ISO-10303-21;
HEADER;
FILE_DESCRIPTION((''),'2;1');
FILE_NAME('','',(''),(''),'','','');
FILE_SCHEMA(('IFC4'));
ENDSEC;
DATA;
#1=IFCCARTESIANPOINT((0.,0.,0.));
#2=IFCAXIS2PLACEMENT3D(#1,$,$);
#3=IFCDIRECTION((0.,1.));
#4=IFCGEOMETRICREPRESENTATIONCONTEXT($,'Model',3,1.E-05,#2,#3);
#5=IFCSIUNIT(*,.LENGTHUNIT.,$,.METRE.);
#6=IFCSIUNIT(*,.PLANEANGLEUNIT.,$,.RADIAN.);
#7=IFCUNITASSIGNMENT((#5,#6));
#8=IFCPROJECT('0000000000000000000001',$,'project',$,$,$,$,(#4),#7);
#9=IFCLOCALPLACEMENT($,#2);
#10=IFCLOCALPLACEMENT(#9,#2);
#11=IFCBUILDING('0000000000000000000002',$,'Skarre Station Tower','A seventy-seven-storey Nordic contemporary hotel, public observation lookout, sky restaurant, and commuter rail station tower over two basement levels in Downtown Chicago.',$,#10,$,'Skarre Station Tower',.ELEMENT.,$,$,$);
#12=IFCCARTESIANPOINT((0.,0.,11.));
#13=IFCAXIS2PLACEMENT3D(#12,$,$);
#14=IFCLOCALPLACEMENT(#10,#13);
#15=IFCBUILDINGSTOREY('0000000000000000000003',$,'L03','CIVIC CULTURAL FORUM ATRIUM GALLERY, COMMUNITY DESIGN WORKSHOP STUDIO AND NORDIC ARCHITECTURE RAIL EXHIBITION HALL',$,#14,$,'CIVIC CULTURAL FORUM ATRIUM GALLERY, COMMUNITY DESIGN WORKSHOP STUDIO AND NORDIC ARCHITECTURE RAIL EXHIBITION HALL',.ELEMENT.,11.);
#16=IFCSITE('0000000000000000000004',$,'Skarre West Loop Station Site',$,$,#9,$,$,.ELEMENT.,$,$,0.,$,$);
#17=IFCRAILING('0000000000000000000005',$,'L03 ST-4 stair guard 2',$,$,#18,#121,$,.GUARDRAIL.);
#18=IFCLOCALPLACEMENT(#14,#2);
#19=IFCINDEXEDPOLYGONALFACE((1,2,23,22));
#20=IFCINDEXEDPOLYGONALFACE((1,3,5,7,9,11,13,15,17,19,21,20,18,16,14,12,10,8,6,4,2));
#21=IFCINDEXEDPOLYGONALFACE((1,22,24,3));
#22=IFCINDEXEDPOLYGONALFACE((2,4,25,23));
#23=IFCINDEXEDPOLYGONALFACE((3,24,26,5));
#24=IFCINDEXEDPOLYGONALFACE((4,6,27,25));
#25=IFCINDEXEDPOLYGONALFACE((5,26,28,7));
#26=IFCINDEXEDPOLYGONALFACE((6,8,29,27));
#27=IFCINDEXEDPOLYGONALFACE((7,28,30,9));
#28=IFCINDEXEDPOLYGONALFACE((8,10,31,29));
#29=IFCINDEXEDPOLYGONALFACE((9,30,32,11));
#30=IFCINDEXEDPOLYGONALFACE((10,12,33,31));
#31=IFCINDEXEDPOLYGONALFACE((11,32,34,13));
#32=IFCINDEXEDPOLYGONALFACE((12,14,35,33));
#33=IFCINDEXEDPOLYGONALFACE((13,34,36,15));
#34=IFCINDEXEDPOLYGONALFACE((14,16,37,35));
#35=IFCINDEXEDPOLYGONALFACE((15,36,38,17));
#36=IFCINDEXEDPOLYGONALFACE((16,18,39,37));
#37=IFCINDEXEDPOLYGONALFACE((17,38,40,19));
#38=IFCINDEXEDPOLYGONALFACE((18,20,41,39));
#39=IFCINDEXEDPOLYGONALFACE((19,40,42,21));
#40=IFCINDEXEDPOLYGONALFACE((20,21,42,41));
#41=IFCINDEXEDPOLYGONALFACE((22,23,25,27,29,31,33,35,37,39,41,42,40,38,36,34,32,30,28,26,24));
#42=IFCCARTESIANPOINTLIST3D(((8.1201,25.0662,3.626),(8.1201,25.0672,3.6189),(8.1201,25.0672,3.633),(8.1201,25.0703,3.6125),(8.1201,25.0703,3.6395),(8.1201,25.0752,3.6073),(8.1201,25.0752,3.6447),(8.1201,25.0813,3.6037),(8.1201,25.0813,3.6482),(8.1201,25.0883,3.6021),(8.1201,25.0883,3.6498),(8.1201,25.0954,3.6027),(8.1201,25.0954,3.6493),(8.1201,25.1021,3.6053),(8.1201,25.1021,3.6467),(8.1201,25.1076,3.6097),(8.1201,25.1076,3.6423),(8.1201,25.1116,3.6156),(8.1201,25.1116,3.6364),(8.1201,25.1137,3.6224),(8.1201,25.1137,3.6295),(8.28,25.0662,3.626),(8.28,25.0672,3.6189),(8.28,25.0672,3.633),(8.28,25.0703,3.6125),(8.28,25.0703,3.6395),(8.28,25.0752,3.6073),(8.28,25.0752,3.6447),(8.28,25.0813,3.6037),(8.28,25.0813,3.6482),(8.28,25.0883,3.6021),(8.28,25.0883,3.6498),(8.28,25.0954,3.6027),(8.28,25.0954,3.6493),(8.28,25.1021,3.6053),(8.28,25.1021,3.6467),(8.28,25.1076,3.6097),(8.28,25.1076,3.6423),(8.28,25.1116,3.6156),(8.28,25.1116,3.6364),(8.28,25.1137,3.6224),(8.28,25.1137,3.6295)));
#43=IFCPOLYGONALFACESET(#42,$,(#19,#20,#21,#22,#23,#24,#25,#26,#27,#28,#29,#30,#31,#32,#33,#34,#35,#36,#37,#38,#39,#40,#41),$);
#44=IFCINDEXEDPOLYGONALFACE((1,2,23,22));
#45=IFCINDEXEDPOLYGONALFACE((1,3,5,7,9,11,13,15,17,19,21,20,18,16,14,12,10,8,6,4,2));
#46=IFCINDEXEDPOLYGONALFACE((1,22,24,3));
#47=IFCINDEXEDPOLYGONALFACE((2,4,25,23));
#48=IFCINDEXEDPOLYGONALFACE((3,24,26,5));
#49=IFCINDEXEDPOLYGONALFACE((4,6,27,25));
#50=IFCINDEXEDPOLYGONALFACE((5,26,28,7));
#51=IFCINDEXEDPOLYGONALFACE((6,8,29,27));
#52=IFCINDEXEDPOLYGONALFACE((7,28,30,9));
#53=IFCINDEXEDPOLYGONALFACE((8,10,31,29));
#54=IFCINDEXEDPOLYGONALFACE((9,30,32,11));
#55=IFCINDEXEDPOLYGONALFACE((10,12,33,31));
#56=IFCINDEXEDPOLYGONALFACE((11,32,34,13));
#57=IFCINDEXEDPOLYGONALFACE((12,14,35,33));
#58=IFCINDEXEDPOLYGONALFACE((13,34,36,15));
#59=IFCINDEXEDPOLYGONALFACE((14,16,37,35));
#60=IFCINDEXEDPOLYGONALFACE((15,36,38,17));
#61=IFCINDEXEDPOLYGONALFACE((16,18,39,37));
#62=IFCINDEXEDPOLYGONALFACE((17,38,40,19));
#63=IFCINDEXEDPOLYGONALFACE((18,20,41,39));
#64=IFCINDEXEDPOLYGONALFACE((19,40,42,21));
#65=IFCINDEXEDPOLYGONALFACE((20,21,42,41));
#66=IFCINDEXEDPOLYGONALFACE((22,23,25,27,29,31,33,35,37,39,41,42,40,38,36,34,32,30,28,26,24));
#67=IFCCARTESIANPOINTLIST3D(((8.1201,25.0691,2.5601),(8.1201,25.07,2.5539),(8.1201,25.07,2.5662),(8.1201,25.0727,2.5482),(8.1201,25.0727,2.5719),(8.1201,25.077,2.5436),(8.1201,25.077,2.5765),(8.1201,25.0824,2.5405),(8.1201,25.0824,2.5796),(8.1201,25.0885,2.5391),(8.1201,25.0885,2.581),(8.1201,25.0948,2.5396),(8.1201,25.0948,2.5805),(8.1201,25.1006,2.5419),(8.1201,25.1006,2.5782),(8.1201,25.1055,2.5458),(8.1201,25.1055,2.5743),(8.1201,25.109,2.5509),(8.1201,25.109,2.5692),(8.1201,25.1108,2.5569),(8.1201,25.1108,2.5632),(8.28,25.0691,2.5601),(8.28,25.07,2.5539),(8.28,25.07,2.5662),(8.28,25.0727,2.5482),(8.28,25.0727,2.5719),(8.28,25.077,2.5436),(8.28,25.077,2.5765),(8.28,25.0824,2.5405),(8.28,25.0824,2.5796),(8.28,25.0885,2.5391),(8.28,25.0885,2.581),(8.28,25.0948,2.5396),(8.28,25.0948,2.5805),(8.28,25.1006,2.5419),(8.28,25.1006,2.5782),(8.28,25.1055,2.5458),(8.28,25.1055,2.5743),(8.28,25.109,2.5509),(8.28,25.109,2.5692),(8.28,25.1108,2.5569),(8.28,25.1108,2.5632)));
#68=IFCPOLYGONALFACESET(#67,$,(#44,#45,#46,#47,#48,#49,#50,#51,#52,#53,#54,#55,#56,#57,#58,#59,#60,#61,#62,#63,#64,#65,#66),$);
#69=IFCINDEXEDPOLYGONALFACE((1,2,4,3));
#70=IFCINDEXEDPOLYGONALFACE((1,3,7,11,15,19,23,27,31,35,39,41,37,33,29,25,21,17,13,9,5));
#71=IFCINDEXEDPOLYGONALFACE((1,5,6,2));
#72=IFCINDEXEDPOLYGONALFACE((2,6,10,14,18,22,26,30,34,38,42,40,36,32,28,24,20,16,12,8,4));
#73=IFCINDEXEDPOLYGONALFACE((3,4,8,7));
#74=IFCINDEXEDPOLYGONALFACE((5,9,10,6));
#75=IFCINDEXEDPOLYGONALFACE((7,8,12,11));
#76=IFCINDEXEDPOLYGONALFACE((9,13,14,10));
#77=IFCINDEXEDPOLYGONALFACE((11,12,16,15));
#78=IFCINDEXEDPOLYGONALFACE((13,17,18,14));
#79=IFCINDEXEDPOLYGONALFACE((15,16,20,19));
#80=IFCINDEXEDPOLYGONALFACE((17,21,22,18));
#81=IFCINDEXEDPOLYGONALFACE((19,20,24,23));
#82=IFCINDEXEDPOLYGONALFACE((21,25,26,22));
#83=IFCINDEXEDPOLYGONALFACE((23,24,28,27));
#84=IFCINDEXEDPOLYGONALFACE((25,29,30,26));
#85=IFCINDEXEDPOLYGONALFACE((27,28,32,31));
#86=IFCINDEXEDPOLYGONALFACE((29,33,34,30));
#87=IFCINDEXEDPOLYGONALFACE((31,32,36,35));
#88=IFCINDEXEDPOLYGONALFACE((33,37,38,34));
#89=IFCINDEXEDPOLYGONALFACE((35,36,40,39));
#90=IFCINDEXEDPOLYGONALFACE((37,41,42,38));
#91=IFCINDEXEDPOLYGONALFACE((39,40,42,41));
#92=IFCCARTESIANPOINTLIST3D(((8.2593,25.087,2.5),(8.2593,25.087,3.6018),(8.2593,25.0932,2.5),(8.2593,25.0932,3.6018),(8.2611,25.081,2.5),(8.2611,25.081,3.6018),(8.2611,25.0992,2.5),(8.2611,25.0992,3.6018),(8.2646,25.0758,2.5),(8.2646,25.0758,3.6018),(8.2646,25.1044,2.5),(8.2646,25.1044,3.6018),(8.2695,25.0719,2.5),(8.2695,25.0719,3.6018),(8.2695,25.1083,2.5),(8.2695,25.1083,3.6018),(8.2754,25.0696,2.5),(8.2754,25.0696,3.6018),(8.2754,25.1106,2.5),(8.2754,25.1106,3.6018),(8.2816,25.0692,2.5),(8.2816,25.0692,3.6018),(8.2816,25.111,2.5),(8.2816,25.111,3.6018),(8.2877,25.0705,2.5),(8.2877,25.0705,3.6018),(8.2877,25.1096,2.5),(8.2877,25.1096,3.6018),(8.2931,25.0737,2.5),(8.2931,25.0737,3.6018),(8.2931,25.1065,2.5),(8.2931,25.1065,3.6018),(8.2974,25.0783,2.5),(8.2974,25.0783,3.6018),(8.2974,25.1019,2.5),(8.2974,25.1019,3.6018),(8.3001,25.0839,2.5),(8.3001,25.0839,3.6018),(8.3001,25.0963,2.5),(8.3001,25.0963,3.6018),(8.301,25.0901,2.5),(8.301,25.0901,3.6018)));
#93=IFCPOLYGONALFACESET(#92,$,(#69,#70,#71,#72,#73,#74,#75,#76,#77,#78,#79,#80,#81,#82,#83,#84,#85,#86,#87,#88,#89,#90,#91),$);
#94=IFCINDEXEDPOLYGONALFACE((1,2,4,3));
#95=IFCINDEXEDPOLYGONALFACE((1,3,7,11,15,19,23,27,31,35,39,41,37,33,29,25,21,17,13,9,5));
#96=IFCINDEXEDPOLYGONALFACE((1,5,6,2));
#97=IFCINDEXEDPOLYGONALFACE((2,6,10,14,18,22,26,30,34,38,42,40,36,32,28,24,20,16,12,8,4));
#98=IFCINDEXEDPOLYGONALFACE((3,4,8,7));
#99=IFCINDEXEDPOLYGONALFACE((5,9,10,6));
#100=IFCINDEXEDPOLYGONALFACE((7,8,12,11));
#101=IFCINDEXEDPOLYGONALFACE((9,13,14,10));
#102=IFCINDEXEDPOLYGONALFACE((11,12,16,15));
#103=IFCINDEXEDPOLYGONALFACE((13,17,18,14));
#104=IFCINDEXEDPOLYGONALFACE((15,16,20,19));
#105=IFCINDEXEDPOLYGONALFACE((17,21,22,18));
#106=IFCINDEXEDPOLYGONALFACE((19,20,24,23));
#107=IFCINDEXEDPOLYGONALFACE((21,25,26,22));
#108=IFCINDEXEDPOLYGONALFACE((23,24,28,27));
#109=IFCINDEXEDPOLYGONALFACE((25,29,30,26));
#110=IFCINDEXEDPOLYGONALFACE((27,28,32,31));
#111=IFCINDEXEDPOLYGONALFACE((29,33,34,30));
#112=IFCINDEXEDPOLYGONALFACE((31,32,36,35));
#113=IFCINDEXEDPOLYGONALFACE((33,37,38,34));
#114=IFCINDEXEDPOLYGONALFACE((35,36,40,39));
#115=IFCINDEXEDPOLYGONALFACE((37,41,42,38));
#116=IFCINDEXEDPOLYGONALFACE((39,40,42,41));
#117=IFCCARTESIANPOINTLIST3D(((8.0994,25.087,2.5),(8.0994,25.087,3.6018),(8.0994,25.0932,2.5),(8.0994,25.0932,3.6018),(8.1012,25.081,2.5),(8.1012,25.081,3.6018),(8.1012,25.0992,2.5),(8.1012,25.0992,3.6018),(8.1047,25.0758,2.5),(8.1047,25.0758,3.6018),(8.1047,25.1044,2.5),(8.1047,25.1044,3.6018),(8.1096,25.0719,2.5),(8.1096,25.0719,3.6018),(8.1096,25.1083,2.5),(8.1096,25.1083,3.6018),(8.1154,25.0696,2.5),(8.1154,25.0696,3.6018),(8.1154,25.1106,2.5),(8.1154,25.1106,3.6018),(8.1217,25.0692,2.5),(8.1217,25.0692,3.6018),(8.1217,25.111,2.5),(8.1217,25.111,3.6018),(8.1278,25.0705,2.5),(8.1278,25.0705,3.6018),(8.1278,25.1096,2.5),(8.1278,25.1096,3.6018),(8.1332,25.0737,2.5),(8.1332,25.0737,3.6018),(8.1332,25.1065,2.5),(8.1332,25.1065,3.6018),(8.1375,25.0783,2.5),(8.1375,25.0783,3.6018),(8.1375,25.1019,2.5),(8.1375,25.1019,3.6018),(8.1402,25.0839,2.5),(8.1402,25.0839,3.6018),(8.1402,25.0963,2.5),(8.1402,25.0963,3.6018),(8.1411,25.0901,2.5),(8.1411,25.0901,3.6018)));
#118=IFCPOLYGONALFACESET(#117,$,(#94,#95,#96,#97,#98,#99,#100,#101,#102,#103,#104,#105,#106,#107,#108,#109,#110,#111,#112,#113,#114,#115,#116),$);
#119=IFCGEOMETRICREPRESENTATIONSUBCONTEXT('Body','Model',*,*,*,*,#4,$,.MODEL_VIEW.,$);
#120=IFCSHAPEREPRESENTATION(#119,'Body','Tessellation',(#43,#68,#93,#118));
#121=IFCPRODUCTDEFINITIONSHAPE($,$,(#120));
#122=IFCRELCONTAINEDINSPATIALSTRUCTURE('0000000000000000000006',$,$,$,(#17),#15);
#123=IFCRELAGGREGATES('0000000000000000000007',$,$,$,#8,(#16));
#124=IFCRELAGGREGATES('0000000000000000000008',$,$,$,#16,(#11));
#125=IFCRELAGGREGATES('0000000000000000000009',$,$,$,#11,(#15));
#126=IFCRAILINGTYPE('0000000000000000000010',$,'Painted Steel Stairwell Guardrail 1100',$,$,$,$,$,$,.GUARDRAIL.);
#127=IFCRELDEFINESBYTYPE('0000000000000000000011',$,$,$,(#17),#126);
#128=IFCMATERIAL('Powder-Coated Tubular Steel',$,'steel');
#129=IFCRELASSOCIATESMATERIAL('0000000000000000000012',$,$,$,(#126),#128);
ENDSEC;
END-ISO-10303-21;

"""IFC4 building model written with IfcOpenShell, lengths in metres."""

from ifc_helpers import new_model, si_unit, direction, frame, origin, origin_2d, place, context, subcontext, project, spatial, circle, extrude, material, type_object, element, save


model = new_model("IFC4")

# Units and contexts
model_context = context("Model", 3, precision=1e-05, world=origin(), true_north=direction((0.0, 1.0)))
body_context = subcontext(model_context, "Body", "Model", "MODEL_VIEW")
ifc_project = project(units=[si_unit("LENGTHUNIT", "METRE"), si_unit("PLANEANGLEUNIT", "RADIAN")], contexts=[model_context])

# Site, building, storey
site_placement = place(None, origin())
site = spatial("IfcSite", under=ifc_project, at=site_placement, Name="Skarre West Loop Station Site", CompositionType="ELEMENT", RefElevation=0.0)
building_placement = place(site_placement, origin())
building = spatial("IfcBuilding", under=site, at=building_placement, Name="Skarre Station Tower", Description="A seventy-seven-storey Nordic contemporary hotel, public observation lookout, sky restaurant, and commuter rail station tower over two basement levels in Downtown Chicago.", LongName="Skarre Station Tower", CompositionType="ELEMENT")
storey_placement = place(building_placement, frame((0.0, 0.0, 11.0)))
storey = spatial("IfcBuildingStorey", under=building, at=storey_placement, Name="L03", Description="CIVIC CULTURAL FORUM ATRIUM GALLERY, COMMUNITY DESIGN WORKSHOP STUDIO AND NORDIC ARCHITECTURE RAIL EXHIBITION HALL", LongName="CIVIC CULTURAL FORUM ATRIUM GALLERY, COMMUNITY DESIGN WORKSHOP STUDIO AND NORDIC ARCHITECTURE RAIL EXHIBITION HALL", CompositionType="ELEMENT", Elevation=11.0)

# Railing
ifc_material_1 = material(Name="Powder-Coated Tubular Steel", Category="steel")
railing_type_1 = type_object("IfcRailingType", Name="Painted Steel Stairwell Guardrail 1100", PredefinedType="GUARDRAIL", material=ifc_material_1)
railing_1_placement = place(storey_placement, frame((8.28, 25.0901, 2.5)))
element("IfcRailing", 1, at=railing_1_placement, inside=storey, type_object=railing_type_1, Name="L03 ST-4 stair guard 2", PredefinedType="GUARDRAIL", context=body_context, shape_type="SweptSolid", body=[
    extrude(circle(Radius=0.0239, at=origin_2d()), frame((0.0, 0.0, 1.126), z_axis=(-1.0, 0.0, 0.0), x_axis=(0.0, -1.0, 0.0)), (0.0, 0.0, 1.0), 0.1599),
    extrude(circle(Radius=0.021, at=origin_2d()), frame((0.0, 0.0, 0.0601), z_axis=(-1.0, 0.0, 0.0), x_axis=(0.0, -1.0, 0.0)), (0.0, 0.0, 1.0), 0.1599),
    extrude(circle(Radius=0.021, at=origin_2d()), origin(), (0.0, 0.0, 1.0), 1.1018),
    extrude(circle(Radius=0.021, at=origin_2d()), frame((-0.1599, 0.0, 0.0)), (0.0, 0.0, 1.0), 1.1018),
])

save(model, "model.ifc")
